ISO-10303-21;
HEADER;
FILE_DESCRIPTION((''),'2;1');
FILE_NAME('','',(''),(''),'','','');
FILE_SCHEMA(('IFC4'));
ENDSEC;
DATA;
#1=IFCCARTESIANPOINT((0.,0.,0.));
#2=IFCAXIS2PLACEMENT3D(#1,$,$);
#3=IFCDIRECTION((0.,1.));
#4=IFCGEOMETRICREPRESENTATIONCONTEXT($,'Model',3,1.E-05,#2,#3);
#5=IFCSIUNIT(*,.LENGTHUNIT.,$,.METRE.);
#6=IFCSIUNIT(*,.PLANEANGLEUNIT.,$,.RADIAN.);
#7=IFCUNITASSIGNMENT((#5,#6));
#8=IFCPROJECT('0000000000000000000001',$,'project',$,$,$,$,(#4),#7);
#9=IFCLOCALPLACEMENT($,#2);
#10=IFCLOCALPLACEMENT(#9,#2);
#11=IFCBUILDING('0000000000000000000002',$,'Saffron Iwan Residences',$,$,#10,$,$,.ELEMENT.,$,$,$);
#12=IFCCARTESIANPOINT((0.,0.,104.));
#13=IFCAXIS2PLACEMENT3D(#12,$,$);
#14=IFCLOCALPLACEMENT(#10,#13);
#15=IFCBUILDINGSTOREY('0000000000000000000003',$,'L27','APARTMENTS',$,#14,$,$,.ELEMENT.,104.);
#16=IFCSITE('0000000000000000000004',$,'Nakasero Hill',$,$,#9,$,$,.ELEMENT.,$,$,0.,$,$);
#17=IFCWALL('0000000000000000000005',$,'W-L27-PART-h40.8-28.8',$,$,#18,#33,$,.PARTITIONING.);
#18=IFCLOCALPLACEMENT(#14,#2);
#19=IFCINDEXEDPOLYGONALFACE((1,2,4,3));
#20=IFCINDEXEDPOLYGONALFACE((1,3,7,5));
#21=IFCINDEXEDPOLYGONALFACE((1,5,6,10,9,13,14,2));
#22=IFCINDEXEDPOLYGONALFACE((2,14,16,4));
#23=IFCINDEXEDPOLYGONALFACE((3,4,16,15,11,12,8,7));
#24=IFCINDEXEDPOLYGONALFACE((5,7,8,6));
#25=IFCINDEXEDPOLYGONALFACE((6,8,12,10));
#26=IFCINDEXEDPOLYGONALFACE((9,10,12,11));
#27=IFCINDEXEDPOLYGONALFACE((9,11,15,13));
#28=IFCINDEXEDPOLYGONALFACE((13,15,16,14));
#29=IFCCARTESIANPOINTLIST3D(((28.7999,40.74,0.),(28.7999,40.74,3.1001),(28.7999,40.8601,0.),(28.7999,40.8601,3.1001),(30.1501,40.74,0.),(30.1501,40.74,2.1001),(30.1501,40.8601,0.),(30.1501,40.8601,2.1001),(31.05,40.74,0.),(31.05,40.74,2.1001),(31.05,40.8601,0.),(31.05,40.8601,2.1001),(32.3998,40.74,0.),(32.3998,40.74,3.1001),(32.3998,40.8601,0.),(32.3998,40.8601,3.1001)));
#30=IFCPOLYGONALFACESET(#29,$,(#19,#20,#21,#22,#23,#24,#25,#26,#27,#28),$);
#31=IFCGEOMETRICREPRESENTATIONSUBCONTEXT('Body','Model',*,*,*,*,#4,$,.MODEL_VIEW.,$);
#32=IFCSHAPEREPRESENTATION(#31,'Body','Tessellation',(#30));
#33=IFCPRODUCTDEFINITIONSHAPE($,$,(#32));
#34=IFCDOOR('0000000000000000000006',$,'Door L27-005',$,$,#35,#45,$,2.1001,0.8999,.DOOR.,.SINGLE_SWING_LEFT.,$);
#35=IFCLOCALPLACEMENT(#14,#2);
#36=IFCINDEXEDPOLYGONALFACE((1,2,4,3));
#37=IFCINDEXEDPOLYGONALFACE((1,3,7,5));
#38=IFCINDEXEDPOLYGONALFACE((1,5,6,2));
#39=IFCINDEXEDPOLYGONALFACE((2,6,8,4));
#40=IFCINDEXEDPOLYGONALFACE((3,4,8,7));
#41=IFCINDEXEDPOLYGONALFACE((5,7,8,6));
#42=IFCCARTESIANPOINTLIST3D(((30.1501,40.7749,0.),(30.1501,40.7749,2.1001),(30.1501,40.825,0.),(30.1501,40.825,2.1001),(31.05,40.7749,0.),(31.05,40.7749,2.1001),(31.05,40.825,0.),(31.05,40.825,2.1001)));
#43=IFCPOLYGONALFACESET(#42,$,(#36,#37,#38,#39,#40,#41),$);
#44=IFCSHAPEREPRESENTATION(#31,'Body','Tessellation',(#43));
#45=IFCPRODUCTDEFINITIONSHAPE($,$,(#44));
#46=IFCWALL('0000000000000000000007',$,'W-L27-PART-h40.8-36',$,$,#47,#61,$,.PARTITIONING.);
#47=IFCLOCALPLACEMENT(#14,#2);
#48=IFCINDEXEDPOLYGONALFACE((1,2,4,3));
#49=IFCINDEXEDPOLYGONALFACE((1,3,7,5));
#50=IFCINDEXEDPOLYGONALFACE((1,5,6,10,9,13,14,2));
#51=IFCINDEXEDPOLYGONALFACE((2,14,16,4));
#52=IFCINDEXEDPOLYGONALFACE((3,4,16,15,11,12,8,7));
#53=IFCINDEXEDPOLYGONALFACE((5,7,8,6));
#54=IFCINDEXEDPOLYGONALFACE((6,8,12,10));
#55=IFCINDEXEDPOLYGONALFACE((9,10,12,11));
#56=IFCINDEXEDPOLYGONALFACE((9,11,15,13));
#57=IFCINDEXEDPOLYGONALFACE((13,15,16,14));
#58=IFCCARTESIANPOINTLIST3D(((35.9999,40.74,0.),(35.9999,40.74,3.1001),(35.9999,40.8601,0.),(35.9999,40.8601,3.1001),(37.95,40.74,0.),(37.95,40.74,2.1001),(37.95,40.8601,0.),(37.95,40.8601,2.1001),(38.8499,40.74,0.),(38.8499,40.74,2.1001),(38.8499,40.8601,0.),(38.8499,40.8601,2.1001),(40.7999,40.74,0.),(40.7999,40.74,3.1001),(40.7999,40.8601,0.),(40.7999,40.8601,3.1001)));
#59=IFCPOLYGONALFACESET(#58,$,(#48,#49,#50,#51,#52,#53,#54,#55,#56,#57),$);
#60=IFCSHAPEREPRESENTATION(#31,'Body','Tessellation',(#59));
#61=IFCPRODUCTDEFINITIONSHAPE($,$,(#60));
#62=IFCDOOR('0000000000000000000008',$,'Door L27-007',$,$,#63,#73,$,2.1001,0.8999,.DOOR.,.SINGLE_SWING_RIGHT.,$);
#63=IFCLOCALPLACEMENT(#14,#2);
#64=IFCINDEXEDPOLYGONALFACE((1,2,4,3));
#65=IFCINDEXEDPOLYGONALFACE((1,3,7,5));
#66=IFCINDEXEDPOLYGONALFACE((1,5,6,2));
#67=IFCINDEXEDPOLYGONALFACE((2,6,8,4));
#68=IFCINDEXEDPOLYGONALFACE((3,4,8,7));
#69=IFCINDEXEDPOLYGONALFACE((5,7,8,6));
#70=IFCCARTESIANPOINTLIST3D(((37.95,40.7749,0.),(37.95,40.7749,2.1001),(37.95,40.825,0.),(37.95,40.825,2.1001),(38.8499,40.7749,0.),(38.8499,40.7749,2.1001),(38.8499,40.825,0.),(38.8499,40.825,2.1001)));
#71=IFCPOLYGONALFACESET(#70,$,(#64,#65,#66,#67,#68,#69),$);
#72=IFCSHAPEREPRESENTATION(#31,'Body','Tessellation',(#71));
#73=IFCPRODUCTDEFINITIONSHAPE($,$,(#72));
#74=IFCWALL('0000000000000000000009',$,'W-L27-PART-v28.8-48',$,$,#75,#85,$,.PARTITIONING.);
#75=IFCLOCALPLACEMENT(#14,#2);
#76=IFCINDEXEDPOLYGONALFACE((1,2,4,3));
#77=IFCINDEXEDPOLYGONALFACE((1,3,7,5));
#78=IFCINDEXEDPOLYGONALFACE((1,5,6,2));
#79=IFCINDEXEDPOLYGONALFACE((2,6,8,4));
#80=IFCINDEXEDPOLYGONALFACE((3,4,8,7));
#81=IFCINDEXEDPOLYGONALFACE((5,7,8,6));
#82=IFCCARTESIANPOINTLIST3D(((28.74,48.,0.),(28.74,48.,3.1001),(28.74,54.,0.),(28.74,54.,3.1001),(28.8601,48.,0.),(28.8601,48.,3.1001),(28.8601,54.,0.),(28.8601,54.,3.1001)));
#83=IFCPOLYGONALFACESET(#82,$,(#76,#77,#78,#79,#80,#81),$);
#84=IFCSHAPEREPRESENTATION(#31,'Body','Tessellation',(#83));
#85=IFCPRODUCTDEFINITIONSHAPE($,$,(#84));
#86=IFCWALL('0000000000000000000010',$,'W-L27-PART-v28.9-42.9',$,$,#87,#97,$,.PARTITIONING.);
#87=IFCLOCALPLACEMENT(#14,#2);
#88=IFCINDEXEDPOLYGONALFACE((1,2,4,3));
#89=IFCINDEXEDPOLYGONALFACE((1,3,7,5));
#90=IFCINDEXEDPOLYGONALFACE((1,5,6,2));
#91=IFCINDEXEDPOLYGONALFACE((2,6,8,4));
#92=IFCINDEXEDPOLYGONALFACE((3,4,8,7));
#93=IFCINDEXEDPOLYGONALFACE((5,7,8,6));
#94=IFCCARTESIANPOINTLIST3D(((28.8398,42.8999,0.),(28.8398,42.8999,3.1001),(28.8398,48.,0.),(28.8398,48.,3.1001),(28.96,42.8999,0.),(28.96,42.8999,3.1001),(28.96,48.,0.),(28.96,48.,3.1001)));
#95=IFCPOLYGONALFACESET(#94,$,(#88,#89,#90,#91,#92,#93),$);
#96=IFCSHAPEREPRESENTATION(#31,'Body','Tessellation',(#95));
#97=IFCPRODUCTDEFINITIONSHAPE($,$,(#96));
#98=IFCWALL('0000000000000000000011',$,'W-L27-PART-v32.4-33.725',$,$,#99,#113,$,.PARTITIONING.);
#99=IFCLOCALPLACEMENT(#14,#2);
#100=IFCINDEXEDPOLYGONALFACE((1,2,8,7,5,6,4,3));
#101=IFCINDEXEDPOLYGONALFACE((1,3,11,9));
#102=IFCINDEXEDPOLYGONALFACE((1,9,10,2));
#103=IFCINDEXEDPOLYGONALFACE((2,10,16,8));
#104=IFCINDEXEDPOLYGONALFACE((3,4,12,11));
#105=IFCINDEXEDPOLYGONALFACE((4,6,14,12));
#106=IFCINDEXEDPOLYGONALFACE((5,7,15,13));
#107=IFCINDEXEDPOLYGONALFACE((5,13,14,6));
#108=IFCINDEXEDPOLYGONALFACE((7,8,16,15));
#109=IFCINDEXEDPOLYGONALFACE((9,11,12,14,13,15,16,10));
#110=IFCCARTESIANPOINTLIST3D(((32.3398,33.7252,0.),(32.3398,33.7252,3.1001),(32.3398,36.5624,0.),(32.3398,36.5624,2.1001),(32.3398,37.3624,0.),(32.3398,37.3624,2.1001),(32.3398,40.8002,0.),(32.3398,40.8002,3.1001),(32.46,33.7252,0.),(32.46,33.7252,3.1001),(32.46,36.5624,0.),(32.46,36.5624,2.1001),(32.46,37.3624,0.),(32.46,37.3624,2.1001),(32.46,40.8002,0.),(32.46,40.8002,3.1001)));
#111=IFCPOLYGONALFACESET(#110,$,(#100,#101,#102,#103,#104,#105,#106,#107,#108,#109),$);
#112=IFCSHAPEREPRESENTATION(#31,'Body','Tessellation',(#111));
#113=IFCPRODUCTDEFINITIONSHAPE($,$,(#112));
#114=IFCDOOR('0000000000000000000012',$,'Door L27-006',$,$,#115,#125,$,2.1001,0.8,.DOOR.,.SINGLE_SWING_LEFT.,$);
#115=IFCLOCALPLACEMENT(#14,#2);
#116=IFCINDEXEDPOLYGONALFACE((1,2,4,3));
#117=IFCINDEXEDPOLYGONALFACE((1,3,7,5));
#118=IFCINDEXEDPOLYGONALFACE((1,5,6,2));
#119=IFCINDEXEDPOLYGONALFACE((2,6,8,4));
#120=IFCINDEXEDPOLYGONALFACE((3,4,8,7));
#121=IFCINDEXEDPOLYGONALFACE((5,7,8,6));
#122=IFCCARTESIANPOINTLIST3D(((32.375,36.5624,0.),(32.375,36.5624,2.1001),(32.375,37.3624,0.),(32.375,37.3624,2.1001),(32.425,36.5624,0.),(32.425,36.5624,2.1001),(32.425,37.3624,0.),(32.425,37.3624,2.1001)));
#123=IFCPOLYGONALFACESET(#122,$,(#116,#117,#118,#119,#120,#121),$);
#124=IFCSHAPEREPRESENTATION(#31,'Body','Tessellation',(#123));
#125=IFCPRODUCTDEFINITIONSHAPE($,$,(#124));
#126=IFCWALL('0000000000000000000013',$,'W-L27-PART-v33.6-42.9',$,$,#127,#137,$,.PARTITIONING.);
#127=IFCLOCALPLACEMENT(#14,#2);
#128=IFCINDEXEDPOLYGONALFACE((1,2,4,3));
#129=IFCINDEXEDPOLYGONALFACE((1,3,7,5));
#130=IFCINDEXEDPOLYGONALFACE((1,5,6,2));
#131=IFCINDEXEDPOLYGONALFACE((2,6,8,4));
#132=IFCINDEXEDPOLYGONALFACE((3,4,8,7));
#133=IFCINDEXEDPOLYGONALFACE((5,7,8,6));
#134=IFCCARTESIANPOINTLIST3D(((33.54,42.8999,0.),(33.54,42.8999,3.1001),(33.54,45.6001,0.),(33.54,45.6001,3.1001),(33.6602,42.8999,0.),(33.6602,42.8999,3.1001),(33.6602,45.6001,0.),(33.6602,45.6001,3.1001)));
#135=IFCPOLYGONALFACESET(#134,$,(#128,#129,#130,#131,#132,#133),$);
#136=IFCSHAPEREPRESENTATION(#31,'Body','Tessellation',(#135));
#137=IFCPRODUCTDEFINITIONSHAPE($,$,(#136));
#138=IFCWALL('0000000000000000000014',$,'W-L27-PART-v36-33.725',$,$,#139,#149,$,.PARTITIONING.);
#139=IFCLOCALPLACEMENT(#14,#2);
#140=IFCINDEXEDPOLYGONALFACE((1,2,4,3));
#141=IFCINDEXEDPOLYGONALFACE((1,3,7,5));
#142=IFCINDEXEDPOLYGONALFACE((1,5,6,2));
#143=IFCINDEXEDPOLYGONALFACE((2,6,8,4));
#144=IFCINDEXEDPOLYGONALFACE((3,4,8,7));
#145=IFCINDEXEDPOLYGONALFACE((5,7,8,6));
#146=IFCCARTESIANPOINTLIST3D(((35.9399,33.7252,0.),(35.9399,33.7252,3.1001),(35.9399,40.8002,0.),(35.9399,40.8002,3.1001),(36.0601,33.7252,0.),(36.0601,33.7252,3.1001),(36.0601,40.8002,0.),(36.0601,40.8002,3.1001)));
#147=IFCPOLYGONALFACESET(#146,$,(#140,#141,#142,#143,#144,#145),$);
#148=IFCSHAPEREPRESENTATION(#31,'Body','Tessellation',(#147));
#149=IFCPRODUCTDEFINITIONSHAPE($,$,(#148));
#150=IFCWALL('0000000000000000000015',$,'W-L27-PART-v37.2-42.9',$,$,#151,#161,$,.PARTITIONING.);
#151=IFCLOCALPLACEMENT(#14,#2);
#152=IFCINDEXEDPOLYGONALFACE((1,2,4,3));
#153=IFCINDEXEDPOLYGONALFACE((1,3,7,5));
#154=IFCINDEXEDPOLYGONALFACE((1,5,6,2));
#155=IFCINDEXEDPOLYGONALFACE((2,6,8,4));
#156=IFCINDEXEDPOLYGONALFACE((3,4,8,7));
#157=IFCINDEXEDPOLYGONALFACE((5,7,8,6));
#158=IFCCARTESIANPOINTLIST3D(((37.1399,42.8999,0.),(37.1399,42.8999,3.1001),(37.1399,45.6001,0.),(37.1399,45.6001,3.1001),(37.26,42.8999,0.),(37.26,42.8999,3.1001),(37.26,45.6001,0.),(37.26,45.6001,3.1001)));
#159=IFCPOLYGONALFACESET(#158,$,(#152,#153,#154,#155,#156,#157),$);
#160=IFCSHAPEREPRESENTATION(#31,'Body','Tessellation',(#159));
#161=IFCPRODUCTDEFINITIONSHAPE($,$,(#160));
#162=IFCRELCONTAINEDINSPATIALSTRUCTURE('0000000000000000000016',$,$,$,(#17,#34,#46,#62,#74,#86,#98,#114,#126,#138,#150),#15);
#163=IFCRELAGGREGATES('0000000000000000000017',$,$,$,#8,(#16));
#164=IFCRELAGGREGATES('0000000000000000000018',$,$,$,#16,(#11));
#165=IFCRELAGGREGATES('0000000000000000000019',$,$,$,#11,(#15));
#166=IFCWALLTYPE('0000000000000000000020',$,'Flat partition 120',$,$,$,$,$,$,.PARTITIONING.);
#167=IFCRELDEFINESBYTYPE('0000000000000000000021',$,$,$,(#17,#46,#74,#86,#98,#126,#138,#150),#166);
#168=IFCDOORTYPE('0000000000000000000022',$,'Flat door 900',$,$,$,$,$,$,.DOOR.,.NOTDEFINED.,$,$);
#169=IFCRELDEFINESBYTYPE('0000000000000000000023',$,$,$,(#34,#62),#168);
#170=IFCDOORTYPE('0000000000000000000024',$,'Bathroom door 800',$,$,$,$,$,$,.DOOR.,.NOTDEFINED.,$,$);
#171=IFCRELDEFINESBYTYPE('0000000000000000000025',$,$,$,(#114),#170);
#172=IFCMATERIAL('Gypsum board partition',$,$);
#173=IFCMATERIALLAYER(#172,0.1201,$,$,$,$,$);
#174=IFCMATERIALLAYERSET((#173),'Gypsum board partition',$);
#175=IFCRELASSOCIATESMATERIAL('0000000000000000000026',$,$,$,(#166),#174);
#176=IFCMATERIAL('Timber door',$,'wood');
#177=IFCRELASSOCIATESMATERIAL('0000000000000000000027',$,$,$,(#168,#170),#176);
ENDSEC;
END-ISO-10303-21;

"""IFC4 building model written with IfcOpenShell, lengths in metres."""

from ifc_helpers import new_model, si_unit, direction, frame, frame_2d, origin, place, context, subcontext, project, spatial, rectangle, extrude, material, layer, layer_set, type_object, element, fill, save


model = new_model("IFC4")

# Units and contexts
model_context = context("Model", 3, precision=1e-05, world=origin(), true_north=direction((0.0, 1.0)))
body_context = subcontext(model_context, "Body", "Model", "MODEL_VIEW")
ifc_project = project(units=[si_unit("LENGTHUNIT", "METRE"), si_unit("PLANEANGLEUNIT", "RADIAN")], contexts=[model_context])

# Site, building, storey
site_placement = place(None, origin())
site = spatial("IfcSite", under=ifc_project, at=site_placement, Name="Nakasero Hill", CompositionType="ELEMENT", RefElevation=0.0)
building_placement = place(site_placement, origin())
building = spatial("IfcBuilding", under=site, at=building_placement, Name="Saffron Iwan Residences", CompositionType="ELEMENT")
storey_placement = place(building_placement, frame((0.0, 0.0, 104.0)))
storey = spatial("IfcBuildingStorey", under=building, at=storey_placement, Name="L27", Description="APARTMENTS", CompositionType="ELEMENT", Elevation=104.0)

# Shared definitions
ifc_material_1 = material(Name="Gypsum board partition")
ifc_layer_1 = layer(ifc_material_1, 0.1201)
ifc_layer_set_1 = layer_set([ifc_layer_1], Name="Gypsum board partition")
wall_type_1 = type_object("IfcWallType", Name="Flat partition 120", PredefinedType="PARTITIONING", material=ifc_layer_set_1)

# Walls, openings, doors
wall_1_placement = place(storey_placement, frame((28.8, 40.8, 0.0), z_axis=(0.0, 0.0, 1.0), x_axis=(1.0, 0.0, 0.0)))
wall_1 = element("IfcWall", 1, at=wall_1_placement, inside=storey, type_object=wall_type_1, Name="W-L27-PART-h40.8-28.8", PredefinedType="PARTITIONING", context=body_context, shape_type="SweptSolid", body=[
    extrude(rectangle(XDim=3.5999, YDim=0.1201, at=frame_2d((1.7998, 0.0))), origin(), (0.0, 0.0, 1.0), 3.1001),
])
opening_1_placement = place(wall_1_placement, frame((1.3501, 0.0, 0.0)))
opening_1 = element("IfcOpeningElement", 2, at=opening_1_placement, cuts=wall_1, PredefinedType="OPENING", context=body_context, shape_type="SweptSolid", body=[
    extrude(rectangle(XDim=0.8999, YDim=2.1001, at=frame_2d((0.45, 1.05))), frame((0.0, 0.0701, 0.0), z_axis=(0.0, -1.0, 0.0), x_axis=(1.0, 0.0, 0.0)), (0.0, 0.0, 1.0), 0.1401),
])
ifc_material_2 = material(Name="Timber door", Category="wood")
door_type_1 = type_object("IfcDoorType", Name="Flat door 900", OperationType="NOTDEFINED", PredefinedType="DOOR", material=ifc_material_2)
door_1_placement = place(opening_1_placement, origin())
door_1 = element("IfcDoor", 3, at=door_1_placement, inside=storey, type_object=door_type_1, Name="Door L27-005", OperationType="SINGLE_SWING_LEFT", OverallHeight=2.1001, OverallWidth=0.8999, PredefinedType="DOOR", context=body_context, shape_type="SweptSolid", body=[
    extrude(rectangle(XDim=0.8999, YDim=2.1001, at=frame_2d((0.45, 1.05))), frame((0.0, 0.0249, 0.0), z_axis=(0.0, -1.0, 0.0), x_axis=(1.0, 0.0, 0.0)), (0.0, 0.0, 1.0), 0.05),
])
fill(opening_1, door_1)
wall_2_placement = place(storey_placement, frame((36.0, 40.8, 0.0), z_axis=(0.0, 0.0, 1.0), x_axis=(1.0, 0.0, 0.0)))
wall_2 = element("IfcWall", 4, at=wall_2_placement, inside=storey, type_object=wall_type_1, Name="W-L27-PART-h40.8-36", PredefinedType="PARTITIONING", context=body_context, shape_type="SweptSolid", body=[
    extrude(rectangle(XDim=4.8, YDim=0.1201, at=frame_2d((2.3999, 0.0))), origin(), (0.0, 0.0, 1.0), 3.1001),
])
opening_2_placement = place(wall_2_placement, frame((1.95, 0.0, 0.0)))
opening_2 = element("IfcOpeningElement", 5, at=opening_2_placement, cuts=wall_2, PredefinedType="OPENING", context=body_context, shape_type="SweptSolid", body=[
    extrude(rectangle(XDim=0.8999, YDim=2.1001, at=frame_2d((0.45, 1.05))), frame((0.0, 0.0701, 0.0), z_axis=(0.0, -1.0, 0.0), x_axis=(1.0, 0.0, 0.0)), (0.0, 0.0, 1.0), 0.1401),
])
door_2_placement = place(opening_2_placement, origin())
door_2 = element("IfcDoor", 6, at=door_2_placement, inside=storey, type_object=door_type_1, Name="Door L27-007", OperationType="SINGLE_SWING_RIGHT", OverallHeight=2.1001, OverallWidth=0.8999, PredefinedType="DOOR", context=body_context, shape_type="SweptSolid", body=[
    extrude(rectangle(XDim=0.8999, YDim=2.1001, at=frame_2d((0.45, 1.05))), frame((0.0, 0.0249, 0.0), z_axis=(0.0, -1.0, 0.0), x_axis=(1.0, 0.0, 0.0)), (0.0, 0.0, 1.0), 0.05),
])
fill(opening_2, door_2)

# Walls
wall_3_placement = place(storey_placement, frame((28.8, 48.0, 0.0), z_axis=(0.0, 0.0, 1.0), x_axis=(0.0, 1.0, 0.0)))
element("IfcWall", 7, at=wall_3_placement, inside=storey, type_object=wall_type_1, Name="W-L27-PART-v28.8-48", PredefinedType="PARTITIONING", context=body_context, shape_type="SweptSolid", body=[
    extrude(rectangle(XDim=6.0, YDim=0.1201, at=frame_2d((3.0, 0.0))), origin(), (0.0, 0.0, 1.0), 3.1001),
])
wall_4_placement = place(storey_placement, frame((28.8999, 42.8999, 0.0), z_axis=(0.0, 0.0, 1.0), x_axis=(0.0, 1.0, 0.0)))
element("IfcWall", 8, at=wall_4_placement, inside=storey, type_object=wall_type_1, Name="W-L27-PART-v28.9-42.9", PredefinedType="PARTITIONING", context=body_context, shape_type="SweptSolid", body=[
    extrude(rectangle(XDim=5.1001, YDim=0.1201, at=frame_2d((2.55, 0.0))), origin(), (0.0, 0.0, 1.0), 3.1001),
])

# Wall, opening, door
wall_5_placement = place(storey_placement, frame((32.3999, 33.7251, 0.0), z_axis=(0.0, 0.0, 1.0), x_axis=(0.0, 1.0, 0.0)))
wall_5 = element("IfcWall", 9, at=wall_5_placement, inside=storey, type_object=wall_type_1, Name="W-L27-PART-v32.4-33.725", PredefinedType="PARTITIONING", context=body_context, shape_type="SweptSolid", body=[
    extrude(rectangle(XDim=7.075, YDim=0.1201, at=frame_2d((3.5376, 0.0))), origin(), (0.0, 0.0, 1.0), 3.1001),
])
opening_3_placement = place(wall_5_placement, frame((2.8374, 0.0, 0.0)))
opening_3 = element("IfcOpeningElement", 10, at=opening_3_placement, cuts=wall_5, PredefinedType="OPENING", context=body_context, shape_type="SweptSolid", body=[
    extrude(rectangle(XDim=0.8, YDim=2.1001, at=frame_2d((0.3999, 1.05))), frame((0.0, 0.0701, 0.0), z_axis=(0.0, -1.0, 0.0), x_axis=(1.0, 0.0, 0.0)), (0.0, 0.0, 1.0), 0.1401),
])
door_type_2 = type_object("IfcDoorType", Name="Bathroom door 800", OperationType="NOTDEFINED", PredefinedType="DOOR", material=ifc_material_2)
door_3_placement = place(opening_3_placement, origin())
door_3 = element("IfcDoor", 11, at=door_3_placement, inside=storey, type_object=door_type_2, Name="Door L27-006", OperationType="SINGLE_SWING_LEFT", OverallHeight=2.1001, OverallWidth=0.8, PredefinedType="DOOR", context=body_context, shape_type="SweptSolid", body=[
    extrude(rectangle(XDim=0.8, YDim=2.1001, at=frame_2d((0.3999, 1.05))), frame((0.0, 0.0249, 0.0), z_axis=(0.0, -1.0, 0.0), x_axis=(1.0, 0.0, 0.0)), (0.0, 0.0, 1.0), 0.05),
])
fill(opening_3, door_3)

# Walls
wall_6_placement = place(storey_placement, frame((33.6001, 42.8999, 0.0), z_axis=(0.0, 0.0, 1.0), x_axis=(0.0, 1.0, 0.0)))
element("IfcWall", 12, at=wall_6_placement, inside=storey, type_object=wall_type_1, Name="W-L27-PART-v33.6-42.9", PredefinedType="PARTITIONING", context=body_context, shape_type="SweptSolid", body=[
    extrude(rectangle(XDim=2.7002, YDim=0.1201, at=frame_2d((1.3501, 0.0))), origin(), (0.0, 0.0, 1.0), 3.1001),
])
wall_7_placement = place(storey_placement, frame((36.0, 33.7251, 0.0), z_axis=(0.0, 0.0, 1.0), x_axis=(0.0, 1.0, 0.0)))
element("IfcWall", 13, at=wall_7_placement, inside=storey, type_object=wall_type_1, Name="W-L27-PART-v36-33.725", PredefinedType="PARTITIONING", context=body_context, shape_type="SweptSolid", body=[
    extrude(rectangle(XDim=7.075, YDim=0.1201, at=frame_2d((3.5376, 0.0))), origin(), (0.0, 0.0, 1.0), 3.1001),
])
wall_8_placement = place(storey_placement, frame((37.2, 42.8999, 0.0), z_axis=(0.0, 0.0, 1.0), x_axis=(0.0, 1.0, 0.0)))
element("IfcWall", 14, at=wall_8_placement, inside=storey, type_object=wall_type_1, Name="W-L27-PART-v37.2-42.9", PredefinedType="PARTITIONING", context=body_context, shape_type="SweptSolid", body=[
    extrude(rectangle(XDim=2.7002, YDim=0.1201, at=frame_2d((1.3501, 0.0))), origin(), (0.0, 0.0, 1.0), 3.1001),
])

save(model, "model.ifc")
